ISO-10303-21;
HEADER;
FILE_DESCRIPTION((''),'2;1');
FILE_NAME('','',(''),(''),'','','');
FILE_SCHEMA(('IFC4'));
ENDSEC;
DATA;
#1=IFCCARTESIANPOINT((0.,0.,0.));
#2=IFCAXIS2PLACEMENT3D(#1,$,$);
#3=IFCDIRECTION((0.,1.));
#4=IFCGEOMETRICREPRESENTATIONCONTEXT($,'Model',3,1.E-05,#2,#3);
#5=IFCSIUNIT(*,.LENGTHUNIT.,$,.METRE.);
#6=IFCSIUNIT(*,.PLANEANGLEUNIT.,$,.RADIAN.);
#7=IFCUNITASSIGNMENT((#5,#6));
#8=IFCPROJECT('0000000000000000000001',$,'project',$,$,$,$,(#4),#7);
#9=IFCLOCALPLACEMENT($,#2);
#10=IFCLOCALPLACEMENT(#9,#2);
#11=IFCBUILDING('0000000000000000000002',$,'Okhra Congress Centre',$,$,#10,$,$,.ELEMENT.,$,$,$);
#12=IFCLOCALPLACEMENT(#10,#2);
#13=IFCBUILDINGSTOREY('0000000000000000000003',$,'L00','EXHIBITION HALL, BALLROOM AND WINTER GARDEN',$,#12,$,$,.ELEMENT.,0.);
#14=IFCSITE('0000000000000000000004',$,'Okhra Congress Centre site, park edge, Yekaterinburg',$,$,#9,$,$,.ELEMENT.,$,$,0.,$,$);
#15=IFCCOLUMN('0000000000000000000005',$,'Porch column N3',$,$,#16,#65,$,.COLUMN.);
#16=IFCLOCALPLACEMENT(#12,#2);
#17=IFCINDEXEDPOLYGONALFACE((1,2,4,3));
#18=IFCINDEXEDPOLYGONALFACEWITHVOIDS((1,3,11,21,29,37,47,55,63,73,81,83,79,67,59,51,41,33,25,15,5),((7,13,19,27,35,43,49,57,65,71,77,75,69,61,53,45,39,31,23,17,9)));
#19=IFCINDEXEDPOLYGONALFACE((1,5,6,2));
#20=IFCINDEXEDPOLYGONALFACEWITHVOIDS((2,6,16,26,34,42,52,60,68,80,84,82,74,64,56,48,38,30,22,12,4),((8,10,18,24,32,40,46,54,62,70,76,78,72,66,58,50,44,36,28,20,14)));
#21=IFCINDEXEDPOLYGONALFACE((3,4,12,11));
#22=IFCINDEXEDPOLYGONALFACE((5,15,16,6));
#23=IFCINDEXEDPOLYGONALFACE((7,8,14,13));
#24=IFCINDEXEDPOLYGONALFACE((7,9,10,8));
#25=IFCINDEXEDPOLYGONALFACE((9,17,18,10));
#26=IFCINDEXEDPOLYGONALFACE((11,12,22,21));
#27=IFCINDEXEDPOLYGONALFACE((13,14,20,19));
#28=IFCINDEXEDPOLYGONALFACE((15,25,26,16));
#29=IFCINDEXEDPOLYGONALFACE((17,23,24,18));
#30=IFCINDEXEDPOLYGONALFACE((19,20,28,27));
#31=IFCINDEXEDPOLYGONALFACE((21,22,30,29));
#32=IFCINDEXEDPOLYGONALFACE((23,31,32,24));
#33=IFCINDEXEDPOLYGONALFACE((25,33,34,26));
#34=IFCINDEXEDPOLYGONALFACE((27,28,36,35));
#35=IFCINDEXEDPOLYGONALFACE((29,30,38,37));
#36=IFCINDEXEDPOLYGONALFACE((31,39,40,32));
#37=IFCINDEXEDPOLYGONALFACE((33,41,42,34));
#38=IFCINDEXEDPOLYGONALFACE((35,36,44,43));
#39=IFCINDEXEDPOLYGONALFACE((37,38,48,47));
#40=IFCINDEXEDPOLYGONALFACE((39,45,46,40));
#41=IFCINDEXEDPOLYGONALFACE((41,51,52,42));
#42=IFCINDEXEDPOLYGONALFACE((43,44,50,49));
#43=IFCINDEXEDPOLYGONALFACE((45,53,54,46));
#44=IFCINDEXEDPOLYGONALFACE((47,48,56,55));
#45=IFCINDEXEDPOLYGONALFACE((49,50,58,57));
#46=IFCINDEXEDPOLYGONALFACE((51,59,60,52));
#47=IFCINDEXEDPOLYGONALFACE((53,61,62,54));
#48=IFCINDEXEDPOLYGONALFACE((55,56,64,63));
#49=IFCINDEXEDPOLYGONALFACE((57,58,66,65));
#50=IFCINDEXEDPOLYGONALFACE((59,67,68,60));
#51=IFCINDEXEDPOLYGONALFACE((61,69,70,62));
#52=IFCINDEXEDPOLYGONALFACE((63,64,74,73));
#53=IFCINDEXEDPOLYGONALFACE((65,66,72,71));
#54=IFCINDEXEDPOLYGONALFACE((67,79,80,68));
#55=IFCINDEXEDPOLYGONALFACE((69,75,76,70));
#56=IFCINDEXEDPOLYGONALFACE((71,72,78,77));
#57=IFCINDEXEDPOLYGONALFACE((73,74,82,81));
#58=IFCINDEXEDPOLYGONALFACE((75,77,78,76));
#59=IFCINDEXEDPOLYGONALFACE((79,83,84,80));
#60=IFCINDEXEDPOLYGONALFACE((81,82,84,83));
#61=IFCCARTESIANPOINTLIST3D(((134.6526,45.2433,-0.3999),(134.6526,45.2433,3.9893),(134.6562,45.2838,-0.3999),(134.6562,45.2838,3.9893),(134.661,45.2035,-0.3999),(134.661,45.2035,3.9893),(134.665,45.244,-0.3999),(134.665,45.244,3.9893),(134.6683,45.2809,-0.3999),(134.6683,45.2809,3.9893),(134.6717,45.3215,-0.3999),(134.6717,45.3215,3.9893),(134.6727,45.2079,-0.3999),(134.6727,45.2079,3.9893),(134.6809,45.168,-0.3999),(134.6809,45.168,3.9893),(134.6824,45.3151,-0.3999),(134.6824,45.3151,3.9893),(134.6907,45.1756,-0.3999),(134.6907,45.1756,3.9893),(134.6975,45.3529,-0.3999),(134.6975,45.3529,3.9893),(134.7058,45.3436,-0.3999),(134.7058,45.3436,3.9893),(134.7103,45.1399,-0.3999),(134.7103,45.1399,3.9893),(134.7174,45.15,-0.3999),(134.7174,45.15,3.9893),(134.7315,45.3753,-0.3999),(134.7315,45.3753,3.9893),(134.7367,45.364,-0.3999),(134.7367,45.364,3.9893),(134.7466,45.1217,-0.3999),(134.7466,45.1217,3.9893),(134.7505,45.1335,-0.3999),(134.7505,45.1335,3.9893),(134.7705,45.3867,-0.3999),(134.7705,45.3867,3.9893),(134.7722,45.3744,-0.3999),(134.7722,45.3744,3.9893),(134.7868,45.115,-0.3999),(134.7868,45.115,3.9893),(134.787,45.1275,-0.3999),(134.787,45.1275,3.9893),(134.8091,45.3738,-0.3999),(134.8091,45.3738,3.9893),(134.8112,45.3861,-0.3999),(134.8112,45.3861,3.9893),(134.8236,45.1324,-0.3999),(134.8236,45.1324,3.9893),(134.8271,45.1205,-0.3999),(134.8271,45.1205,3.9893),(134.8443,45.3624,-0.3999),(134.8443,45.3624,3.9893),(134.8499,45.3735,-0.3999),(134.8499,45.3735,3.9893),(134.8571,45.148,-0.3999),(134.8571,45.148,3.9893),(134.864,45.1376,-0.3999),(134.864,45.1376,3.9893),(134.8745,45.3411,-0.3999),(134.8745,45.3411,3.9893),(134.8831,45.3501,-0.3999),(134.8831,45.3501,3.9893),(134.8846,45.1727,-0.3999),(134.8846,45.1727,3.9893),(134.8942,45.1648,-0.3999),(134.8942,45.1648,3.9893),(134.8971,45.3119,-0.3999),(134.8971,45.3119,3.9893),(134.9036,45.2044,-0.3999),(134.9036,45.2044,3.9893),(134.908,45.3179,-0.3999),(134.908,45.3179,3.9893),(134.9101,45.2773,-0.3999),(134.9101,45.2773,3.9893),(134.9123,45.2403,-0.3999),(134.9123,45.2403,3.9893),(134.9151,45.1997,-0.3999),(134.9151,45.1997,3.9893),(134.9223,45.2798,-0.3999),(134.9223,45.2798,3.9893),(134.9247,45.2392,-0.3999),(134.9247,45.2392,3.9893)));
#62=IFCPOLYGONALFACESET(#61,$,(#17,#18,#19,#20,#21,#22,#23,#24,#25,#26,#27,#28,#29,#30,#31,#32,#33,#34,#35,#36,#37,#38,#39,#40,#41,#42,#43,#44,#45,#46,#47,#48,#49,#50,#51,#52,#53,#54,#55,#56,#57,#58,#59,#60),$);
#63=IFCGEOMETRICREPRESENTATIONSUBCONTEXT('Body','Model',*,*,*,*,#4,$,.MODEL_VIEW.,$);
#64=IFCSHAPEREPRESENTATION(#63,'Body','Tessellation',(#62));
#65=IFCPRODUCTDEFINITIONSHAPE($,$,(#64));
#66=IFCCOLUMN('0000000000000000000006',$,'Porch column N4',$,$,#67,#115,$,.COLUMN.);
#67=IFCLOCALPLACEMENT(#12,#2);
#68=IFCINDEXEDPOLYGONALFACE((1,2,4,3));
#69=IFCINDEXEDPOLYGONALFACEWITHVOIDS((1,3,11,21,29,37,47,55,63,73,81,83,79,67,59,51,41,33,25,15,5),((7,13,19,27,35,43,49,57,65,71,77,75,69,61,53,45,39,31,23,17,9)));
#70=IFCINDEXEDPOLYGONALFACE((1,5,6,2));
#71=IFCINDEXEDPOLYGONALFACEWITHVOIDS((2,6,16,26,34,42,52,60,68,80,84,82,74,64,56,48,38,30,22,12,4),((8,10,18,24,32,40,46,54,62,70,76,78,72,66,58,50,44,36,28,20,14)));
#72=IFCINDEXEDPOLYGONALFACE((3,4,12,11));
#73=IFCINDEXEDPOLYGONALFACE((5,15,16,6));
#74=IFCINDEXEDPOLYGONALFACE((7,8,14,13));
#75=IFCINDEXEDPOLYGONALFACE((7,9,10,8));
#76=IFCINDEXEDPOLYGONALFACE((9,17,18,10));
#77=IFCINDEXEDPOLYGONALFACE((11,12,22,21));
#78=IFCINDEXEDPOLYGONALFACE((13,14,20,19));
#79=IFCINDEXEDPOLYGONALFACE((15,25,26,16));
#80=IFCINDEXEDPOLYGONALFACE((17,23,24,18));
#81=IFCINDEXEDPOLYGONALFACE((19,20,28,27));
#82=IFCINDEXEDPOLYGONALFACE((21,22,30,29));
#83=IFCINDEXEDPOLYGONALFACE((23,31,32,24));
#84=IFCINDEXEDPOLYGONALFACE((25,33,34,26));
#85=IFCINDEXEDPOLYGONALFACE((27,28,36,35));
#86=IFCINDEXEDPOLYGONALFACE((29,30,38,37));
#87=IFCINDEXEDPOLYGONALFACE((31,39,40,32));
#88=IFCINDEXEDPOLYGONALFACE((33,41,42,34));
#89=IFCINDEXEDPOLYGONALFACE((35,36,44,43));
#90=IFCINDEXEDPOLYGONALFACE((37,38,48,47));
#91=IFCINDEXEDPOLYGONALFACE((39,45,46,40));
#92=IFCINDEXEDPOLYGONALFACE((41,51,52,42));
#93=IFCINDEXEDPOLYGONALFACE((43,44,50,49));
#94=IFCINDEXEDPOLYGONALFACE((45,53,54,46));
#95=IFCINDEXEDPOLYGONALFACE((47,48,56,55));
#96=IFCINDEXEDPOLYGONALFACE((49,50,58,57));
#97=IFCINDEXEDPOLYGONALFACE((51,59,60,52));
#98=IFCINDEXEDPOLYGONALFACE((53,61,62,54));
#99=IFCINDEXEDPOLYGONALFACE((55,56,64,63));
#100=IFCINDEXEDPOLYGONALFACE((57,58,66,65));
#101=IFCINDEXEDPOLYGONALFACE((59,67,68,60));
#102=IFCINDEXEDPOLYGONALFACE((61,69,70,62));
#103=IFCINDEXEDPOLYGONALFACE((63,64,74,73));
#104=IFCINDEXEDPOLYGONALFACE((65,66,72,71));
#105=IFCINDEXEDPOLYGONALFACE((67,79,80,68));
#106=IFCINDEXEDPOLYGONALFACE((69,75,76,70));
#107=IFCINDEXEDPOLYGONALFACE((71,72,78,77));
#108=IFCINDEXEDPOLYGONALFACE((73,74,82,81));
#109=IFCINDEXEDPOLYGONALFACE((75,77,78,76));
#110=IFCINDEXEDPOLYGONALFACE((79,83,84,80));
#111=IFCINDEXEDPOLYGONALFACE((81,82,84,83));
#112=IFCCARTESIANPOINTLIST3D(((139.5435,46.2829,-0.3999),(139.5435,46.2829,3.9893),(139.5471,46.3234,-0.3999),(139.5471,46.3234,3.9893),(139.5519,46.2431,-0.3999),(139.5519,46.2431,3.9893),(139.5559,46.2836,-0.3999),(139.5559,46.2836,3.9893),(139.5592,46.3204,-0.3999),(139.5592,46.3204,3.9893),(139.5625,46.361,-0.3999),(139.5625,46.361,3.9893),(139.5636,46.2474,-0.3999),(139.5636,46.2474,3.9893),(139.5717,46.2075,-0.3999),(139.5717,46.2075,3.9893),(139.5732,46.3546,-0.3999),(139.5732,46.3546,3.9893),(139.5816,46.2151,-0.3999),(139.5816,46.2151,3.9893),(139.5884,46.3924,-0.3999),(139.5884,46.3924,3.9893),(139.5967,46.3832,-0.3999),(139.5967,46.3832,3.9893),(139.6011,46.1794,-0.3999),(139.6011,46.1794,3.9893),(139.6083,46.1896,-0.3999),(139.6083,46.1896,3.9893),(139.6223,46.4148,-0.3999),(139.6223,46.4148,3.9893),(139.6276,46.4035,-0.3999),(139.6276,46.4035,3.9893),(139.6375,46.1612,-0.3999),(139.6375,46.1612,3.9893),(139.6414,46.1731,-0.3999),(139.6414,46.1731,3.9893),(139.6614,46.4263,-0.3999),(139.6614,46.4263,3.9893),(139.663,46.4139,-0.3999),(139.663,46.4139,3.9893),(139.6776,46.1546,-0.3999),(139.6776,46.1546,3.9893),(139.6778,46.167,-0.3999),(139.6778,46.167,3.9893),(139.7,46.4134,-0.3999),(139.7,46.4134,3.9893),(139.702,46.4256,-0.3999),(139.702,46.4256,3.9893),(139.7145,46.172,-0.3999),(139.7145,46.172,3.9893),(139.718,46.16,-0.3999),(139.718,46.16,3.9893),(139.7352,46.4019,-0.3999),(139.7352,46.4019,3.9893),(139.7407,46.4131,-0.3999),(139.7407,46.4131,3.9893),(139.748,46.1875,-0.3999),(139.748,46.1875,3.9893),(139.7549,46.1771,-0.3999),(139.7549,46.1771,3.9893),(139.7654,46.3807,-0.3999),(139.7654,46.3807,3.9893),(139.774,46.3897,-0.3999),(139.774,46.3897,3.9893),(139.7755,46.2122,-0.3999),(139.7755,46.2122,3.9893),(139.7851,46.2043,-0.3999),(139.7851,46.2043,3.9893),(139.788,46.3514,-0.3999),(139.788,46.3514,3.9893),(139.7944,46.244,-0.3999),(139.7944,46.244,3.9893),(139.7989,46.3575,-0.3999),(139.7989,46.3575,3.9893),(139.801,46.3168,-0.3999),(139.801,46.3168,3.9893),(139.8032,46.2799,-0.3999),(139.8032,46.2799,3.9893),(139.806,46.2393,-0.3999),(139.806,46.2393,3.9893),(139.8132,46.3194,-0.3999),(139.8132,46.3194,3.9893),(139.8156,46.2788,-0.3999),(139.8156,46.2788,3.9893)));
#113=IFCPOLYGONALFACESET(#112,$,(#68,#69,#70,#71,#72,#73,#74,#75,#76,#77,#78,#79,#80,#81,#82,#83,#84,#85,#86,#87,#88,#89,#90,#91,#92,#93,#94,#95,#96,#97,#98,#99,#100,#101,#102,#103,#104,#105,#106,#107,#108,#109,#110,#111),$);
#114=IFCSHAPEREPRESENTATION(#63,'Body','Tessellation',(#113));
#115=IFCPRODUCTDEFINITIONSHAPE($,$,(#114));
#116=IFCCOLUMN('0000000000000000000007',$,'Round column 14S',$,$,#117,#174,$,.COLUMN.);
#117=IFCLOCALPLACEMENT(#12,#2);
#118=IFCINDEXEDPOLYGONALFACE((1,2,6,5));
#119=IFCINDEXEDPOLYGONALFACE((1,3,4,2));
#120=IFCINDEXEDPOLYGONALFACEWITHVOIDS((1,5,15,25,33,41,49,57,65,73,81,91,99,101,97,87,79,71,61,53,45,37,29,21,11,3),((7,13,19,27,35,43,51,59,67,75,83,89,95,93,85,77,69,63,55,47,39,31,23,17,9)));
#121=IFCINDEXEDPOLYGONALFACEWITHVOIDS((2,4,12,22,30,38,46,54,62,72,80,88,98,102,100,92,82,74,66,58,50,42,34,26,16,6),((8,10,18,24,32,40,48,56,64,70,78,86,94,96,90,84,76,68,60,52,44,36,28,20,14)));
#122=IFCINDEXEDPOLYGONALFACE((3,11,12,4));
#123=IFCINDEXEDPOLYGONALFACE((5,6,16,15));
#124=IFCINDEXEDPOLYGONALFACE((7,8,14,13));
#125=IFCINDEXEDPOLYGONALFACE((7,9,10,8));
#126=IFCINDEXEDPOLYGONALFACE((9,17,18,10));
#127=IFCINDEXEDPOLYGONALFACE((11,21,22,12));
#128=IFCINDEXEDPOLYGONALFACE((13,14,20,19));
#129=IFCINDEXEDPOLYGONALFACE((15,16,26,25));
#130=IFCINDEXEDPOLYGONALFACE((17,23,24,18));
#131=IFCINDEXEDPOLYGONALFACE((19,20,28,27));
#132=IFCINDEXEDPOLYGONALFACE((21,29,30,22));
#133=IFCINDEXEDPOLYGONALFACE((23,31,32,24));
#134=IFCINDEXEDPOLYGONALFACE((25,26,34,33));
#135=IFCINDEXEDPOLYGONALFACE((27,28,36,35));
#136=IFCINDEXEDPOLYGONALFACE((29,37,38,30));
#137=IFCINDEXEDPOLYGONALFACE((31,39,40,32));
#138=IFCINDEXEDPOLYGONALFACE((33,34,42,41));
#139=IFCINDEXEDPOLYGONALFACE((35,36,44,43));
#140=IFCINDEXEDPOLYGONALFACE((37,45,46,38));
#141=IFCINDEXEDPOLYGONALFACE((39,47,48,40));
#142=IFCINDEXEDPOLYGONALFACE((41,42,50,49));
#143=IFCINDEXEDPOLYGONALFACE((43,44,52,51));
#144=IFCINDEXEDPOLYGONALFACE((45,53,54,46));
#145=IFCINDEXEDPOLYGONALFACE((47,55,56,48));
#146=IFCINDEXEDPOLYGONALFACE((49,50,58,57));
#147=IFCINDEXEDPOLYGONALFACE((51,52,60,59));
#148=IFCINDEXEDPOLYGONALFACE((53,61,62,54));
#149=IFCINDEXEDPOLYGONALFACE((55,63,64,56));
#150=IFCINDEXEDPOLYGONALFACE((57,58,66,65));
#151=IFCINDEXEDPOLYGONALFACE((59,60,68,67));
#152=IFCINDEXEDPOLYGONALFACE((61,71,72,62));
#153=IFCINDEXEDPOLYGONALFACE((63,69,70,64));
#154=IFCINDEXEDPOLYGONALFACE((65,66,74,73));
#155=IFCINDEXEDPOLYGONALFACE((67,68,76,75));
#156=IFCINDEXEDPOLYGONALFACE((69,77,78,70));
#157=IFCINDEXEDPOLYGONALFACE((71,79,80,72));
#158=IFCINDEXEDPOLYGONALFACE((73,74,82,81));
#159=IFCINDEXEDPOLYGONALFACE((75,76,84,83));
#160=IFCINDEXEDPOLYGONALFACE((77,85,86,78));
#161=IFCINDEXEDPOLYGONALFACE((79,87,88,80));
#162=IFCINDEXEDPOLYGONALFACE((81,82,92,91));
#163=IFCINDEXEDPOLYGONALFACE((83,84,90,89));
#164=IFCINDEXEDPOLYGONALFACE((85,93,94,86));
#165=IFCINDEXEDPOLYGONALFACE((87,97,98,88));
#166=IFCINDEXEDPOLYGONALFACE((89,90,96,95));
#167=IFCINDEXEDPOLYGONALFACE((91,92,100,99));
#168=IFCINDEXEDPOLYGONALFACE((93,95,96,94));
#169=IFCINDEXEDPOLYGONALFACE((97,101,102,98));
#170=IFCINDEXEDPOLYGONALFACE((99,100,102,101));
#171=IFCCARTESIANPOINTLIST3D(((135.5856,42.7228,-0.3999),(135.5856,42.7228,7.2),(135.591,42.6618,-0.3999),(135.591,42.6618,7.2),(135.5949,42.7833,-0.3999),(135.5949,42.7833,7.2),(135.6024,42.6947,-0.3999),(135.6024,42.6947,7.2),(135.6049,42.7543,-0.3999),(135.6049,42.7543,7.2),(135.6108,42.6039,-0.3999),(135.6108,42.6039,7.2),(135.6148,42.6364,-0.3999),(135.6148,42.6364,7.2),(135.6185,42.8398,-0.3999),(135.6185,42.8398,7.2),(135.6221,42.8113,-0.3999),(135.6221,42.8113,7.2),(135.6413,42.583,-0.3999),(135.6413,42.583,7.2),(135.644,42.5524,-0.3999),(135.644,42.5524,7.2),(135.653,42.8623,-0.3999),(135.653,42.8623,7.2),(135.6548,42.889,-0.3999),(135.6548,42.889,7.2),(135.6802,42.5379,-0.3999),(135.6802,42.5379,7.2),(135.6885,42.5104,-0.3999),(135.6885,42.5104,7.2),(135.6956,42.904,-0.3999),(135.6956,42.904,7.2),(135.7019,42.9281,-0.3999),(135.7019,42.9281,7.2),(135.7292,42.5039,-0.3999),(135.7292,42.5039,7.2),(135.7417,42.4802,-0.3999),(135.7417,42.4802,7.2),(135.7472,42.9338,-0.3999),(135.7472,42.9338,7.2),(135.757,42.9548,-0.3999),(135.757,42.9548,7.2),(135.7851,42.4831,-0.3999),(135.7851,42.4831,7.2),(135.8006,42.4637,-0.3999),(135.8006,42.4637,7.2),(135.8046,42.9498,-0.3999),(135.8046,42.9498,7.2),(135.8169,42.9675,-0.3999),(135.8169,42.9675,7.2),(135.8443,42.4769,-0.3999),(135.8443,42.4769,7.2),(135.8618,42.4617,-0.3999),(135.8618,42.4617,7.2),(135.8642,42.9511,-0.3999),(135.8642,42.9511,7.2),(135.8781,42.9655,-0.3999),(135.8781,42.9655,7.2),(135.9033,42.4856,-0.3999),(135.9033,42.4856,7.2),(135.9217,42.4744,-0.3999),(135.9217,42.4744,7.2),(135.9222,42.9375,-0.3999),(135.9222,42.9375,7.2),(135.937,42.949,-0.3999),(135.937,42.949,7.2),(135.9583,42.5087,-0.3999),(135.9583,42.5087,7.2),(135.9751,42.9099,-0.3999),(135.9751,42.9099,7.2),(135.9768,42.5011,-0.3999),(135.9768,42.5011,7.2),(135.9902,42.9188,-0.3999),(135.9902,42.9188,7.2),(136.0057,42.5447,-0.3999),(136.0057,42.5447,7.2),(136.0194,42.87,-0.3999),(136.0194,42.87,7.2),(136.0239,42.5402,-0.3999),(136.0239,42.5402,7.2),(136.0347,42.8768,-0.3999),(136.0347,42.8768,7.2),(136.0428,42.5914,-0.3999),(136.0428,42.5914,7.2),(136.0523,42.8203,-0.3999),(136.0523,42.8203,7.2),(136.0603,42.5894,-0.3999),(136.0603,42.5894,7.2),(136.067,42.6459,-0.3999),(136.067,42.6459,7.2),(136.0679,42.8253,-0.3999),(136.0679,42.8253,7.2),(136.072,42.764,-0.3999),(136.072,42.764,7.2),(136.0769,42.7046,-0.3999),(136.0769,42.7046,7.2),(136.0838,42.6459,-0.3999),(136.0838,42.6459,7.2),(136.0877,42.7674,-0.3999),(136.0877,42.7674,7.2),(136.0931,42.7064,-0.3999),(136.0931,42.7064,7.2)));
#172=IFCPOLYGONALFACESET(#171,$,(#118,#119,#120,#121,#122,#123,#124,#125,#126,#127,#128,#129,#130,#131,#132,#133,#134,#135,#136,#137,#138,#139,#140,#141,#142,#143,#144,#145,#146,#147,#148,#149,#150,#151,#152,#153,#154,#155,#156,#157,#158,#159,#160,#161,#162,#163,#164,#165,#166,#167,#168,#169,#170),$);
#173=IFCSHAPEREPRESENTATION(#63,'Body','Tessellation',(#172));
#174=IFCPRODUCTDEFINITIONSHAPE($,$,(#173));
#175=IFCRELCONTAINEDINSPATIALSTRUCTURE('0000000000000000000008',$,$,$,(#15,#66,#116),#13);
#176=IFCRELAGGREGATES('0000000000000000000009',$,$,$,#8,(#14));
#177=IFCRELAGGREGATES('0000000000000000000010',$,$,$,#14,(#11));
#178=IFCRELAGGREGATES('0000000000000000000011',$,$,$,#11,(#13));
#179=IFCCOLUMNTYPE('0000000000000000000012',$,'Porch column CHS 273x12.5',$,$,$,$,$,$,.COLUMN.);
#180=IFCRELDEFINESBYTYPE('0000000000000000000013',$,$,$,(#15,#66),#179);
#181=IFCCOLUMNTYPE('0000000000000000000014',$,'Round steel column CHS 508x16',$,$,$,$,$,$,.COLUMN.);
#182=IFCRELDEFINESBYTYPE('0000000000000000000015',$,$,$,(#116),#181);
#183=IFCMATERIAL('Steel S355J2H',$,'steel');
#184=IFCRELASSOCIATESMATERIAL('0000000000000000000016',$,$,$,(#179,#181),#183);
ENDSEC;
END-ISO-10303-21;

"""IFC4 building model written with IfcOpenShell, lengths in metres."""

from ifc_helpers import new_model, si_unit, direction, frame, origin, origin_2d, place, context, subcontext, project, spatial, hollow_circle, extrude, material, material_profile, profile_set, type_object, element, save


model = new_model("IFC4")

# Units and contexts
model_context = context("Model", 3, precision=1e-05, world=origin(), true_north=direction((0.0, 1.0)))
body_context = subcontext(model_context, "Body", "Model", "MODEL_VIEW")
ifc_project = project(units=[si_unit("LENGTHUNIT", "METRE"), si_unit("PLANEANGLEUNIT", "RADIAN")], contexts=[model_context])

# Site, building, storey
site_placement = place(None, origin())
site = spatial("IfcSite", under=ifc_project, at=site_placement, Name="Okhra Congress Centre site, park edge, Yekaterinburg", CompositionType="ELEMENT", RefElevation=0.0)
building_placement = place(site_placement, origin())
building = spatial("IfcBuilding", under=site, at=building_placement, Name="Okhra Congress Centre", CompositionType="ELEMENT")
storey_placement = place(building_placement, origin())
storey = spatial("IfcBuildingStorey", under=building, at=storey_placement, Name="L00", Description="EXHIBITION HALL, BALLROOM AND WINTER GARDEN", CompositionType="ELEMENT", Elevation=0.0)

# Columns
ifc_material_1 = material(Name="Steel S355J2H", Category="steel")
ifc_material_profile_1 = material_profile(ifc_material_1, hollow_circle(Radius=0.1365, WallThickness=0.0125, at=origin_2d()), Name="CHS 273x12.5")
ifc_profile_set_1 = profile_set([ifc_material_profile_1], Name="Steel S355J2H")
column_type_1 = type_object("IfcColumnType", Name="Porch column CHS 273x12.5", PredefinedType="COLUMN", material=ifc_profile_set_1)
for number, where, z_axis, x_axis, name in (
    (1, (134.7888, 45.2515, -0.3999), (0.0, 0.0, 1.0), (0.978148, 0.207912, 0.0), "Porch column N3"),
    (2, (139.6797, 46.291, -0.3999), (0.0, 0.0, 1.0), (0.978148, 0.207912, 0.0), "Porch column N4"),
):
    element("IfcColumn", number, at=place(storey_placement, frame(where, z_axis=z_axis, x_axis=x_axis)), inside=storey, type_object=column_type_1, Name=name, PredefinedType="COLUMN", context=body_context, shape_type="SweptSolid", body=[
        extrude(hollow_circle(Radius=0.1365, WallThickness=0.0125, at=origin_2d()), origin(), (0.0, 0.0, 1.0), 4.3892),
    ])
ifc_material_profile_2 = material_profile(ifc_material_1, hollow_circle(Radius=0.2539, WallThickness=0.0161, at=origin_2d()), Name="CHS 508x16")
ifc_profile_set_2 = profile_set([ifc_material_profile_2], Name="Steel S355J2H")
column_type_2 = type_object("IfcColumnType", Name="Round steel column CHS 508x16", PredefinedType="COLUMN", material=ifc_profile_set_2)
for number, where, z_axis, x_axis, name in (
    (3, (135.8394, 42.7146, -0.3999), (0.0, 0.0, 1.0), (0.978148, 0.207912, 0.0), "Round column 14S"),
):
    element("IfcColumn", number, at=place(storey_placement, frame(where, z_axis=z_axis, x_axis=x_axis)), inside=storey, type_object=column_type_2, Name=name, PredefinedType="COLUMN", context=body_context, shape_type="SweptSolid", body=[
        extrude(hollow_circle(Radius=0.2539, WallThickness=0.0161, at=origin_2d()), origin(), (0.0, 0.0, 1.0), 7.5999),
    ])

save(model, "model.ifc")
